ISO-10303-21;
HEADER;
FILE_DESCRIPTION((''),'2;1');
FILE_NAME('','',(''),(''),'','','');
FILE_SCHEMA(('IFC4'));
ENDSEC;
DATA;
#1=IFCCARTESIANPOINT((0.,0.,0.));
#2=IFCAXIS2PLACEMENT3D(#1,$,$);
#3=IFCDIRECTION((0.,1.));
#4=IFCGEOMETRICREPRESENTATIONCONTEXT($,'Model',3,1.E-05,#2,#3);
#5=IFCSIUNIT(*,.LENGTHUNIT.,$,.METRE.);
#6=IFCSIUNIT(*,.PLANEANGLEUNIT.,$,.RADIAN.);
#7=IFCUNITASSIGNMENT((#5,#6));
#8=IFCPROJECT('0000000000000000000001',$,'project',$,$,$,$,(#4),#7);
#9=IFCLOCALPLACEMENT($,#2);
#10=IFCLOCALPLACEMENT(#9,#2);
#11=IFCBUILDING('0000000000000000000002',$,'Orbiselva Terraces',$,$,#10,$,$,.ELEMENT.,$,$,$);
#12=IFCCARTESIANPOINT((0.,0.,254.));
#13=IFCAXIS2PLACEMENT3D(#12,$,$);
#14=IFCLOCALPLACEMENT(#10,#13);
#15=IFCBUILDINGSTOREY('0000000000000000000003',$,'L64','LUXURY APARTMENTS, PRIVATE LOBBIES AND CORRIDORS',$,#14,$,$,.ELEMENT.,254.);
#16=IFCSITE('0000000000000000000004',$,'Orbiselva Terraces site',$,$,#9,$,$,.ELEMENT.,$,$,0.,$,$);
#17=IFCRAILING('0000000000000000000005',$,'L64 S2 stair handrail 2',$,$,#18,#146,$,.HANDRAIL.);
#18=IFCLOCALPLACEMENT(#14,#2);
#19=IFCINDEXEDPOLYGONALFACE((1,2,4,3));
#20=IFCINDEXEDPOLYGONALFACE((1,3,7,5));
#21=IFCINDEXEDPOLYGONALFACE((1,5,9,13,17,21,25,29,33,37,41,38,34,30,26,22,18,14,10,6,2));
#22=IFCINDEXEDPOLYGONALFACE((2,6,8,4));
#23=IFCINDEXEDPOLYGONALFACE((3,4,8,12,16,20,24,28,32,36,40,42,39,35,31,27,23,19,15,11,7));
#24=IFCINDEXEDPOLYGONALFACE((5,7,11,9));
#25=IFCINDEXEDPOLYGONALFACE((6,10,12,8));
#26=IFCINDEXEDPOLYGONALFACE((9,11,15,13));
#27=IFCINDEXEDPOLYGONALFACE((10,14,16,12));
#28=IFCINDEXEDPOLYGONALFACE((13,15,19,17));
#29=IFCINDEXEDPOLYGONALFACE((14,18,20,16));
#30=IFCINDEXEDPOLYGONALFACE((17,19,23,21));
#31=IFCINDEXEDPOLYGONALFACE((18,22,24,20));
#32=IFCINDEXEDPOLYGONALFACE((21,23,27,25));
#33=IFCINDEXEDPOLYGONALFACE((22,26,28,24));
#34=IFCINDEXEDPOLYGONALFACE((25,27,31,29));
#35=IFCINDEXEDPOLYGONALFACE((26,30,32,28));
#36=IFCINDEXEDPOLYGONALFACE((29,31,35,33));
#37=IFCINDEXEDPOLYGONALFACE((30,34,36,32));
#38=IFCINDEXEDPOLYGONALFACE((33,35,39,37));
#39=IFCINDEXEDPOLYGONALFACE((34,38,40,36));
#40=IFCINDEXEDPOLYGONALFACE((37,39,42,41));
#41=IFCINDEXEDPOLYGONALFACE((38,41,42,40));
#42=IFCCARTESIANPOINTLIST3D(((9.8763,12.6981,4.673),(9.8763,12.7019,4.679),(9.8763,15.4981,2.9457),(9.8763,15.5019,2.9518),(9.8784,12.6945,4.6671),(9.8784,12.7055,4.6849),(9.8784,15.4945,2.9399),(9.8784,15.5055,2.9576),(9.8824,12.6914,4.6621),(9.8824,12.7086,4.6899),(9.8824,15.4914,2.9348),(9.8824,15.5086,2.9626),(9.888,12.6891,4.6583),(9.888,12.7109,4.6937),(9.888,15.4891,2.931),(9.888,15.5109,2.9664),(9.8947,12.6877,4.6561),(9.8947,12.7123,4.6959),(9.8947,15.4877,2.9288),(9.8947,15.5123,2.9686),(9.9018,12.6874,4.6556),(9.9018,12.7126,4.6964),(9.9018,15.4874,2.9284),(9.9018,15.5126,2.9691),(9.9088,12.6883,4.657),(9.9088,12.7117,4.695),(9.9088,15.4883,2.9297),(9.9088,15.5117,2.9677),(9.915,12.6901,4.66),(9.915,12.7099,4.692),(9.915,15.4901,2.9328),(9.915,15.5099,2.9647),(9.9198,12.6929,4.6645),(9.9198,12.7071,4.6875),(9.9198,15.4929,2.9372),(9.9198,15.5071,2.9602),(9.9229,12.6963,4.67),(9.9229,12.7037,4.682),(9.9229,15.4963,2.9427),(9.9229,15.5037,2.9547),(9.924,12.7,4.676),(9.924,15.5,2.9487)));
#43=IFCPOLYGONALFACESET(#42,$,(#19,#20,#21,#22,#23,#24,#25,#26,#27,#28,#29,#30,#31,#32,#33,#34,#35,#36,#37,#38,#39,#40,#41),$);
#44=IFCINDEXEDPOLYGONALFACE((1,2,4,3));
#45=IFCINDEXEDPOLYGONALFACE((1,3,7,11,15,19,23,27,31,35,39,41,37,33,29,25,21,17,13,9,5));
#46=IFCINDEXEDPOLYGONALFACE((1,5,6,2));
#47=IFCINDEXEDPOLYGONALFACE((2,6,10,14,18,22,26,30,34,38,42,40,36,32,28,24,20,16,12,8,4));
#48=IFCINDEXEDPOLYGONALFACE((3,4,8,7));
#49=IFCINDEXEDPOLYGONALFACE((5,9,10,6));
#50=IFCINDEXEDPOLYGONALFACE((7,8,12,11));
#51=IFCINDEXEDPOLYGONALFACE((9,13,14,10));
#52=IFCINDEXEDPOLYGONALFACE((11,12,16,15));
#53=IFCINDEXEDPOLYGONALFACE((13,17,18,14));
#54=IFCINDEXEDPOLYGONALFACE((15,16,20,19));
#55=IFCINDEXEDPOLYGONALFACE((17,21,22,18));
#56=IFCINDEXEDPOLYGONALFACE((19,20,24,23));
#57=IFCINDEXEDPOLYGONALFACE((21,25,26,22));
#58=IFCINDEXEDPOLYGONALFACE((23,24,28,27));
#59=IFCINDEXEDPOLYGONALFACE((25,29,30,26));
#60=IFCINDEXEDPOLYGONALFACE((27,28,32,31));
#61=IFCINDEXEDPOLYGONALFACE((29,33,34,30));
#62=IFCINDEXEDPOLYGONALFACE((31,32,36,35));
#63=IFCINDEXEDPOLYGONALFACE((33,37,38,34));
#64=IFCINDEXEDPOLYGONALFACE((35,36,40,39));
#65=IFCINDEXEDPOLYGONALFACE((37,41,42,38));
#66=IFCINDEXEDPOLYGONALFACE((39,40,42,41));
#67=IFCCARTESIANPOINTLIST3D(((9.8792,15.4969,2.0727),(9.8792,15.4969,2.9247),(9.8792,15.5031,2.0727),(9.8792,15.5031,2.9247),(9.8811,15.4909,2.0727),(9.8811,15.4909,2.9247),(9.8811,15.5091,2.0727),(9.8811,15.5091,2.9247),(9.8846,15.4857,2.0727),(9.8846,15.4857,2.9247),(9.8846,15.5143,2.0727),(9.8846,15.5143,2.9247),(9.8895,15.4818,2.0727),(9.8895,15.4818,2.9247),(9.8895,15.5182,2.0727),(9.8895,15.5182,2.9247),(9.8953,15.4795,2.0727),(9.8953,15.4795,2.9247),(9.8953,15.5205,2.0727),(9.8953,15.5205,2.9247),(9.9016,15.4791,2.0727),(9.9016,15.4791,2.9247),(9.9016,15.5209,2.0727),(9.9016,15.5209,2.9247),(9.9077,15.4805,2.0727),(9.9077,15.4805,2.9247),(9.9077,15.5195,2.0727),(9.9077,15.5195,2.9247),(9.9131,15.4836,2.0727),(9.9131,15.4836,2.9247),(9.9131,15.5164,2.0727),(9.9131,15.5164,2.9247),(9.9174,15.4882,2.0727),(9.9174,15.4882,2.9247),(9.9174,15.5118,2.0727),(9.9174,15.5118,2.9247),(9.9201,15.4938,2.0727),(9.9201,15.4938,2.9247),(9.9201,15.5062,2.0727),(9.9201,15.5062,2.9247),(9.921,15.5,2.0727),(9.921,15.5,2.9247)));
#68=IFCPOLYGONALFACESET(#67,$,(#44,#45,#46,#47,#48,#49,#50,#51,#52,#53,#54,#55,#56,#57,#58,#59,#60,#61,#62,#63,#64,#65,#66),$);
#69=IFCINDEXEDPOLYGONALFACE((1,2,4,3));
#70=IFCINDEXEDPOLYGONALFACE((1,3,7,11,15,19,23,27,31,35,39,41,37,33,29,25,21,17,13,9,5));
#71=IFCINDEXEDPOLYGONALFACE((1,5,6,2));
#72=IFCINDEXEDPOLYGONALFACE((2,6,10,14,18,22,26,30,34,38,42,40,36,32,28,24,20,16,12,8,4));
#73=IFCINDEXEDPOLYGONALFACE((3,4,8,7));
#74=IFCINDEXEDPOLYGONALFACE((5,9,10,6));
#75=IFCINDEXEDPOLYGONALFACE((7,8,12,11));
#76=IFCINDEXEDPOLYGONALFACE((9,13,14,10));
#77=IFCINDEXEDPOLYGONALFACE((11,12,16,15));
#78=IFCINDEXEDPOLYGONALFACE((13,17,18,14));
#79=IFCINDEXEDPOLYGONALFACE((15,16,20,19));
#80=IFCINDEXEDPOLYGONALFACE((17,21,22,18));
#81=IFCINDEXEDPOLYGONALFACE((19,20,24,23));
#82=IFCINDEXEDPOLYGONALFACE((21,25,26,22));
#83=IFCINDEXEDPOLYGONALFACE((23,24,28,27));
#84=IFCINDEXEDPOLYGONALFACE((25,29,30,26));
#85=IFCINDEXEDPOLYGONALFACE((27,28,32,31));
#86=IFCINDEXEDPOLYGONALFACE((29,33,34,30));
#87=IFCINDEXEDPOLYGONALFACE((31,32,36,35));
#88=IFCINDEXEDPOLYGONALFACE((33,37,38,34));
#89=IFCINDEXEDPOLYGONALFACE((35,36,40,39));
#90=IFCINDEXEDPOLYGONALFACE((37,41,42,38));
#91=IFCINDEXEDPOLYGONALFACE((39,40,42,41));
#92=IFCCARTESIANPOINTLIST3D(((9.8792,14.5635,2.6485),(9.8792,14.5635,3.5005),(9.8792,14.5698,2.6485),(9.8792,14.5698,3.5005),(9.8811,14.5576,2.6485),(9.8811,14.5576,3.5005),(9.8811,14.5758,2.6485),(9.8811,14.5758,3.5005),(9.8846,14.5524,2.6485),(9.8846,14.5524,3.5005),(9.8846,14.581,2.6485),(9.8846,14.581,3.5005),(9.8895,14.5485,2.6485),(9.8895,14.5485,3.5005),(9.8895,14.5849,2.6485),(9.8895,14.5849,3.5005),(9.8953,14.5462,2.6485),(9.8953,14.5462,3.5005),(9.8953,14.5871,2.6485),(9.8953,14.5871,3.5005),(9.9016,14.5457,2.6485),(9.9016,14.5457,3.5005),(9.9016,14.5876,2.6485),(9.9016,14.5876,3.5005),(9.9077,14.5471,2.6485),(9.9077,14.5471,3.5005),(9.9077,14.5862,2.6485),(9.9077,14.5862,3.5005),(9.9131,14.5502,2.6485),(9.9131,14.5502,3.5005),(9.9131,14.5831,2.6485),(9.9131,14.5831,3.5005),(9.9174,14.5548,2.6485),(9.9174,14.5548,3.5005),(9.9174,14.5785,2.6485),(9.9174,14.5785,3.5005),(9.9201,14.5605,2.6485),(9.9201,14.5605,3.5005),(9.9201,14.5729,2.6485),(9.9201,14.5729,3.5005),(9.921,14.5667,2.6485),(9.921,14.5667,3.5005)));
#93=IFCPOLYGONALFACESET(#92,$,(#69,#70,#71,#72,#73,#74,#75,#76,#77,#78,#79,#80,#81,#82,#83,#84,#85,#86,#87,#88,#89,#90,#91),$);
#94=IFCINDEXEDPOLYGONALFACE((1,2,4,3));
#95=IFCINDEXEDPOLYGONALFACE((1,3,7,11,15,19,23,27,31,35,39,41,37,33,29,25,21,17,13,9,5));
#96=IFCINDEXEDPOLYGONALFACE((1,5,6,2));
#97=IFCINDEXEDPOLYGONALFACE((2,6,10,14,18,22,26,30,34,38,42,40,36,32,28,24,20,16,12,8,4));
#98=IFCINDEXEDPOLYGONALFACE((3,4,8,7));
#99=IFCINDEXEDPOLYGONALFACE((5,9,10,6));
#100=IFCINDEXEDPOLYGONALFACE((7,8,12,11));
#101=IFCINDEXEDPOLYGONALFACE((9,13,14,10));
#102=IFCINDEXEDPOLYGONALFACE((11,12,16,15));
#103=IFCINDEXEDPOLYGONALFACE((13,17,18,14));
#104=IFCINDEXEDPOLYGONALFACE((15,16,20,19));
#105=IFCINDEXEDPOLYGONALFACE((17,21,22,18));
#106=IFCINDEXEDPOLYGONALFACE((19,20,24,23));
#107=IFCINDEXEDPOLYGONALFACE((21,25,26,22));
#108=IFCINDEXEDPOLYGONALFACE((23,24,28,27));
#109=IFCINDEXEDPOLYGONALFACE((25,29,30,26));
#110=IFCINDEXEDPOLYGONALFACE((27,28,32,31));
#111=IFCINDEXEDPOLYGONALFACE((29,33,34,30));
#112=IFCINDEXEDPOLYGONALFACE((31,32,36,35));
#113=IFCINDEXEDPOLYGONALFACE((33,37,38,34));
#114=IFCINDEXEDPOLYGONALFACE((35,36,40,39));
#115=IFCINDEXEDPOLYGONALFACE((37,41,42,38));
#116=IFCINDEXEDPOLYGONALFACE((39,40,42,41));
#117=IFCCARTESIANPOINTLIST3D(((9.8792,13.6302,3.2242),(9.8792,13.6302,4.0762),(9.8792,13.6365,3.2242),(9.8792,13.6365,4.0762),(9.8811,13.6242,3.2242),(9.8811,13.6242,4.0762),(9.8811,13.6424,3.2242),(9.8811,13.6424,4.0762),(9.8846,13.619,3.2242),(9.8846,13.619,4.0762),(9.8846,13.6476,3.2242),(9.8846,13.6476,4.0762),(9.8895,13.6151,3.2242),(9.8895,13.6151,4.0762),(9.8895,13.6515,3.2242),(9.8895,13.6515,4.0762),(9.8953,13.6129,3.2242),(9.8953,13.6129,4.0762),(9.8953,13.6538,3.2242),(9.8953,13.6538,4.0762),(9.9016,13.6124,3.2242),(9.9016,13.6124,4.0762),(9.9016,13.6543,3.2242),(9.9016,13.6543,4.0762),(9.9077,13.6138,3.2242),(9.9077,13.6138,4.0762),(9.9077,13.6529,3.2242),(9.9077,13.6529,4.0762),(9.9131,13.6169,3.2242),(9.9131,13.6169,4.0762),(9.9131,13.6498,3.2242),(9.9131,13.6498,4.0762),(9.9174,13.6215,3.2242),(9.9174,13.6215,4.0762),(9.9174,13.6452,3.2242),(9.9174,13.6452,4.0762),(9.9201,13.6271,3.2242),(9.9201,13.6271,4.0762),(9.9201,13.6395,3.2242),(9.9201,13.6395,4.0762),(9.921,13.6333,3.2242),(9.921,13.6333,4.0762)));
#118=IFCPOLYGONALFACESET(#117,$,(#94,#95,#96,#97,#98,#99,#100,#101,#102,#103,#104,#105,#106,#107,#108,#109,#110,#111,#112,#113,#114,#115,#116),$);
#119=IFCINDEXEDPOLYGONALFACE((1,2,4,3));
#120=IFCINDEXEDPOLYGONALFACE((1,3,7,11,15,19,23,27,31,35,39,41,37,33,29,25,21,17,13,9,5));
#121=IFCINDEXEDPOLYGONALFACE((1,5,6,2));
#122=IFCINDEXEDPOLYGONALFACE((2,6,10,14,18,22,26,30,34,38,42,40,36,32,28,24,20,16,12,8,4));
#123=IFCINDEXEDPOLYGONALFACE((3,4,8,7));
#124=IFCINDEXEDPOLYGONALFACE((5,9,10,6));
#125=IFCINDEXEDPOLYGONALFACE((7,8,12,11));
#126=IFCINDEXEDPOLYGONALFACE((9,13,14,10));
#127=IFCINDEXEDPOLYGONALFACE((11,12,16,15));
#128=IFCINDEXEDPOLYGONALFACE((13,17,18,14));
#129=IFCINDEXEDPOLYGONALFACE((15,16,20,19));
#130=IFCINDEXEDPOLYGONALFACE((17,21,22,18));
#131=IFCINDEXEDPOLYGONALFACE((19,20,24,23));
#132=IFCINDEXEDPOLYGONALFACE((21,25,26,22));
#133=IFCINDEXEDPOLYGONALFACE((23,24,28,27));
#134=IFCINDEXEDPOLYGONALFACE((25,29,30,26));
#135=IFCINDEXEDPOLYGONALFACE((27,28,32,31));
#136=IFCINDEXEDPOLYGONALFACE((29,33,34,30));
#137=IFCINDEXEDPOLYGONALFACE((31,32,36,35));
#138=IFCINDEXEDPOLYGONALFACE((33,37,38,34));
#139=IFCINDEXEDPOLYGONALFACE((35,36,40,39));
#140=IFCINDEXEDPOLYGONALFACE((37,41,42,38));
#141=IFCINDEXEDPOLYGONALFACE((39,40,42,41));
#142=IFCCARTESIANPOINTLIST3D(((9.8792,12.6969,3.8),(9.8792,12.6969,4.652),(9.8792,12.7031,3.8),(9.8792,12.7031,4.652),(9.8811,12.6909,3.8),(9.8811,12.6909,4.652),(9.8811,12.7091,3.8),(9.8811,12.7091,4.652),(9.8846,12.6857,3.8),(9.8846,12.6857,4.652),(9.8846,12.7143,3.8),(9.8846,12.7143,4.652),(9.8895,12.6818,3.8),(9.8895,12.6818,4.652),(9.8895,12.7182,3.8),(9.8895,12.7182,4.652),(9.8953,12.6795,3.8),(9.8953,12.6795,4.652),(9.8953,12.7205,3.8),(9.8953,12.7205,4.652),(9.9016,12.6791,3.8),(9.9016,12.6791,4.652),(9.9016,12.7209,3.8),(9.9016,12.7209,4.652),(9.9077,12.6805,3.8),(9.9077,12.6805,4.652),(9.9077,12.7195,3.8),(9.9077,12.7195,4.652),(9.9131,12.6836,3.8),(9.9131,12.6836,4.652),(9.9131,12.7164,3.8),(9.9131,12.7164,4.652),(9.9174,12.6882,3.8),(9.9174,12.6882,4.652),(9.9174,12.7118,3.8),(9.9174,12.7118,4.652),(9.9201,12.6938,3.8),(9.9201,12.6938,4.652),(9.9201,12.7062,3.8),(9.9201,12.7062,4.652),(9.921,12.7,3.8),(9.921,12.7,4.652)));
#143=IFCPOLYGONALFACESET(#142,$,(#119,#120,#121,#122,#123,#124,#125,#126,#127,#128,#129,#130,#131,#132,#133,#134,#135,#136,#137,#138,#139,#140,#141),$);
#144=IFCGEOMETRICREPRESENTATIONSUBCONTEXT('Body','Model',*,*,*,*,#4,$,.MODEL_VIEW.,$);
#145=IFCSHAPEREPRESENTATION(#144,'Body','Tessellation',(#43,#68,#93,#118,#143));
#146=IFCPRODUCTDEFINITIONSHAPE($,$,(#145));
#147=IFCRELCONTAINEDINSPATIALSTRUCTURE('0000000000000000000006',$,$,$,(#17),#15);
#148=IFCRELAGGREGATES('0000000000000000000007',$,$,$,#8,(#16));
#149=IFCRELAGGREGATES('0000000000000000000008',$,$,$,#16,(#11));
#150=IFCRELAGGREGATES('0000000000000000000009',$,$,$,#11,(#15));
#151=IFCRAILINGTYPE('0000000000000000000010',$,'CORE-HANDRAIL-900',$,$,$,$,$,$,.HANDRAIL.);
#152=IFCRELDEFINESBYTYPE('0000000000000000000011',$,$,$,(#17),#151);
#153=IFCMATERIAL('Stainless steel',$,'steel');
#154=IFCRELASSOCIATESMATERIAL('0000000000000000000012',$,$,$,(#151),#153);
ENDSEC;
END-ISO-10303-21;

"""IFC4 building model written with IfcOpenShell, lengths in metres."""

from ifc_helpers import new_model, si_unit, direction, frame, origin, origin_2d, place, context, subcontext, project, spatial, circle, extrude, material, type_object, element, save


model = new_model("IFC4")

# Units and contexts
model_context = context("Model", 3, precision=1e-05, world=origin(), true_north=direction((0.0, 1.0)))
body_context = subcontext(model_context, "Body", "Model", "MODEL_VIEW")
ifc_project = project(units=[si_unit("LENGTHUNIT", "METRE"), si_unit("PLANEANGLEUNIT", "RADIAN")], contexts=[model_context])

# Site, building, storey
site_placement = place(None, origin())
site = spatial("IfcSite", under=ifc_project, at=site_placement, Name="Orbiselva Terraces site", CompositionType="ELEMENT", RefElevation=0.0)
building_placement = place(site_placement, origin())
building = spatial("IfcBuilding", under=site, at=building_placement, Name="Orbiselva Terraces", CompositionType="ELEMENT")
storey_placement = place(building_placement, frame((0.0, 0.0, 254.0)))
storey = spatial("IfcBuildingStorey", under=building, at=storey_placement, Name="L64", Description="LUXURY APARTMENTS, PRIVATE LOBBIES AND CORRIDORS", CompositionType="ELEMENT", Elevation=254.0)

# Railing
ifc_material_1 = material(Name="Stainless steel", Category="steel")
railing_type = type_object("IfcRailingType", Name="CORE-HANDRAIL-900", PredefinedType="HANDRAIL", material=ifc_material_1)
railing_placement = place(storey_placement, frame((9.9, 15.5, 2.0727)))
element("IfcRailing", 1, at=railing_placement, inside=storey, type_object=railing_type, Name="L64 S2 stair handrail 2", PredefinedType="HANDRAIL", context=body_context, shape_type="SweptSolid", body=[
    extrude(circle(Radius=0.024, at=origin_2d()), frame((0.0, 0.0, 0.876), z_axis=(0.0, -0.851089, 0.525022), x_axis=(1.0, 0.0, 0.0)), (0.0, 0.0, 1.0), 3.2899),
    extrude(circle(Radius=0.021, at=origin_2d()), origin(), (0.0, 0.0, 1.0), 0.852),
    extrude(circle(Radius=0.021, at=origin_2d()), frame((0.0, -0.9333, 0.5758)), (0.0, 0.0, 1.0), 0.852),
    extrude(circle(Radius=0.021, at=origin_2d()), frame((0.0, -1.8667, 1.1515)), (0.0, 0.0, 1.0), 0.852),
    extrude(circle(Radius=0.021, at=origin_2d()), frame((0.0, -2.8, 1.7273)), (0.0, 0.0, 1.0), 0.852),
])

save(model, "model.ifc")
